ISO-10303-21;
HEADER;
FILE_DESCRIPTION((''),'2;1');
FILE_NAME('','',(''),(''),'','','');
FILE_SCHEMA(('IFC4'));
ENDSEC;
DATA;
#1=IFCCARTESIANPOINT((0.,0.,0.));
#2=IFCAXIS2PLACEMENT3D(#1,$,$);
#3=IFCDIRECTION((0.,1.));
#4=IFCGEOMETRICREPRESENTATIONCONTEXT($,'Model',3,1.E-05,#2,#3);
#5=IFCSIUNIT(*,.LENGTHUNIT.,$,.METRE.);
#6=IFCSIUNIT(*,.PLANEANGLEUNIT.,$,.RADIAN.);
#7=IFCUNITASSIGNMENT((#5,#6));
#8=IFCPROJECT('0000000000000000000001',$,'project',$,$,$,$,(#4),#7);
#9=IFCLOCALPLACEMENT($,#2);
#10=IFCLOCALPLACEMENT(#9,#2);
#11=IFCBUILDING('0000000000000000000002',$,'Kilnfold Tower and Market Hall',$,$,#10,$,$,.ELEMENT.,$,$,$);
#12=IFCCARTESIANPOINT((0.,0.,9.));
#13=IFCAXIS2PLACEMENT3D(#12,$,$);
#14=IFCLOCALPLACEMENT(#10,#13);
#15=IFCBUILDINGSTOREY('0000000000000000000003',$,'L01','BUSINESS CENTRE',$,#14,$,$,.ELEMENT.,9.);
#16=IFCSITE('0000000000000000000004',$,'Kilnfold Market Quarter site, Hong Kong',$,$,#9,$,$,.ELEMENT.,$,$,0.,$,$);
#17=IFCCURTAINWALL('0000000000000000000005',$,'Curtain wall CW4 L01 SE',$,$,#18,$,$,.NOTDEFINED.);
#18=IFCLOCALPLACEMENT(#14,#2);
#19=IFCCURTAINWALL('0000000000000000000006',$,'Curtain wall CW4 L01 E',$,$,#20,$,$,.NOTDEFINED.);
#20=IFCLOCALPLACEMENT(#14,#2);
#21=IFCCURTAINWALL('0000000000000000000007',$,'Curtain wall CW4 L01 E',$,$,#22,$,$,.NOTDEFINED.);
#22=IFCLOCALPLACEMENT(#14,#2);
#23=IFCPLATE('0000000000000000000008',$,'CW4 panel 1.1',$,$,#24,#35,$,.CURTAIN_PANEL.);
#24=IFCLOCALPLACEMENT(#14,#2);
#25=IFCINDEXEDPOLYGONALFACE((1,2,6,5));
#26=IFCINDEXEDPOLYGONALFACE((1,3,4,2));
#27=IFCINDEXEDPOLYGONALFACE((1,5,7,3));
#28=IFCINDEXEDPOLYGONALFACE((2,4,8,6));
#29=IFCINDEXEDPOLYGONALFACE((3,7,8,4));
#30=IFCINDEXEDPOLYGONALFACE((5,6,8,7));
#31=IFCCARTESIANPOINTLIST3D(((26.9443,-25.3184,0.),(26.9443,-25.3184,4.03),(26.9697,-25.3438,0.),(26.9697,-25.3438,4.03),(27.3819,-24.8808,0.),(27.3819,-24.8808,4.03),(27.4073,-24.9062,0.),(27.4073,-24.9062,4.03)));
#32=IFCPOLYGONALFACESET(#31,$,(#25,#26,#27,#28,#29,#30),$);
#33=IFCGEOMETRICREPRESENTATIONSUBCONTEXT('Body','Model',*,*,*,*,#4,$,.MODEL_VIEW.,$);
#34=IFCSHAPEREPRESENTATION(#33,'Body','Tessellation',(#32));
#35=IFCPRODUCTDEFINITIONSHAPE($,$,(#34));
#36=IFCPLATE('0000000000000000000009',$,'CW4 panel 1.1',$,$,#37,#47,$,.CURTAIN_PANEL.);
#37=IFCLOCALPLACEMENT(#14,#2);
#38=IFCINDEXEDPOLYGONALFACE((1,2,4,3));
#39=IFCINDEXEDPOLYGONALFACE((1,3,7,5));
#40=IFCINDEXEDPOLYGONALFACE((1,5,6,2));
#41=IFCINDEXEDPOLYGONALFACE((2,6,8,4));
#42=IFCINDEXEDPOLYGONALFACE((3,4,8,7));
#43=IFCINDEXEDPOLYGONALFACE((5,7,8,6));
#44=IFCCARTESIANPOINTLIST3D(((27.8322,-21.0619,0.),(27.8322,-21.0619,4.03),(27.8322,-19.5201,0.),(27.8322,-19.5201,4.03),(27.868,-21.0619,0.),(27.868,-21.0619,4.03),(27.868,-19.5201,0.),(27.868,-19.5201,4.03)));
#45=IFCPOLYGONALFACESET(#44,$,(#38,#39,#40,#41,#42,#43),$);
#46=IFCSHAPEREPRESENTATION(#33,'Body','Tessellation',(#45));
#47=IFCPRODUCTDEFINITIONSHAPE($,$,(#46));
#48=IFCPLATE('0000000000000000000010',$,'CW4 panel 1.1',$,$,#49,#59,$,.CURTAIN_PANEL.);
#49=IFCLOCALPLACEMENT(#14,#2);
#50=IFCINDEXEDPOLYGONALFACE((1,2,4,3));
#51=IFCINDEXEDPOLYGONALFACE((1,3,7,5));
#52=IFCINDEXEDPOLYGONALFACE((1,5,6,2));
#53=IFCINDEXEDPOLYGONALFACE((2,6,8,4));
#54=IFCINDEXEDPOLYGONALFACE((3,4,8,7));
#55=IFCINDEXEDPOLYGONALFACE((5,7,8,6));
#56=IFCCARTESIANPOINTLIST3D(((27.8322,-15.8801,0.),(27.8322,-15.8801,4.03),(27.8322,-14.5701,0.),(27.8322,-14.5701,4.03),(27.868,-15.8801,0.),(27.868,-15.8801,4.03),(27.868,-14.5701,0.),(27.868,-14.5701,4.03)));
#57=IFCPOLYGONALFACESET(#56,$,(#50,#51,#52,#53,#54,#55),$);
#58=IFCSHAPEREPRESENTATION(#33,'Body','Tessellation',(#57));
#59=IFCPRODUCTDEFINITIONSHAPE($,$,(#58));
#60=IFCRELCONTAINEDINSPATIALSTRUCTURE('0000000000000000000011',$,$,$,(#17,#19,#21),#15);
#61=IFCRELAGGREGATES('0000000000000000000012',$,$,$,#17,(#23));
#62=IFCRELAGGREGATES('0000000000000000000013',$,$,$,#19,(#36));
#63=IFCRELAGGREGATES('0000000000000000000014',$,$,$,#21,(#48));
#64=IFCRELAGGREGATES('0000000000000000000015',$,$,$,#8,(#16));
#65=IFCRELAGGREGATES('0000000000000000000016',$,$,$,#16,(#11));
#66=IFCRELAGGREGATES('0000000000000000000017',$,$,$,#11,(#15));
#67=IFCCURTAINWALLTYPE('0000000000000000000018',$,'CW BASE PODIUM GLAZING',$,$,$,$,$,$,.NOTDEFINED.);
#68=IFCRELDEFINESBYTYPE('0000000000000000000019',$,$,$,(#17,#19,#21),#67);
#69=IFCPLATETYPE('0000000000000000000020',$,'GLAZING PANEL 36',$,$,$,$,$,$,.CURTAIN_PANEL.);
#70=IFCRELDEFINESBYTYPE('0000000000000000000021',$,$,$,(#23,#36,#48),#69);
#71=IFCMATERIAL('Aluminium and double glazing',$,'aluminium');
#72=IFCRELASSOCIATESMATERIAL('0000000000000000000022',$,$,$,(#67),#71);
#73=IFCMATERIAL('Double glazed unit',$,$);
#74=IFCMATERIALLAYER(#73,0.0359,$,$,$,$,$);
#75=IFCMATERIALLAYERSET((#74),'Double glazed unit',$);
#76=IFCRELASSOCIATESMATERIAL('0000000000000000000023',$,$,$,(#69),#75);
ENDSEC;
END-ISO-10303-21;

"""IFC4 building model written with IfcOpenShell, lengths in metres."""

from ifc_helpers import new_model, si_unit, direction, frame, origin, origin_2d, place, context, subcontext, project, spatial, rectangle, extrude, source, transform, mapped, material, layer, layer_set, type_object, element, aggregate, save


model = new_model("IFC4")

# Units and contexts
model_context = context("Model", 3, precision=1e-05, world=origin(), true_north=direction((0.0, 1.0)))
body_context = subcontext(model_context, "Body", "Model", "MODEL_VIEW")
ifc_project = project(units=[si_unit("LENGTHUNIT", "METRE"), si_unit("PLANEANGLEUNIT", "RADIAN")], contexts=[model_context])

# Site, building, storey
site_placement = place(None, origin())
site = spatial("IfcSite", under=ifc_project, at=site_placement, Name="Kilnfold Market Quarter site, Hong Kong", CompositionType="ELEMENT", RefElevation=0.0)
building_placement = place(site_placement, origin())
building = spatial("IfcBuilding", under=site, at=building_placement, Name="Kilnfold Tower and Market Hall", CompositionType="ELEMENT")
storey_placement = place(building_placement, frame((0.0, 0.0, 9.0)))
storey = spatial("IfcBuildingStorey", under=building, at=storey_placement, Name="L01", Description="BUSINESS CENTRE", CompositionType="ELEMENT", Elevation=9.0)

# Curtain walls
ifc_material_1 = material(Name="Aluminium and double glazing", Category="aluminium")
curtain_wall_type = type_object("IfcCurtainWallType", Name="CW BASE PODIUM GLAZING", PredefinedType="NOTDEFINED", material=ifc_material_1)
curtain_wall_1_placement = place(storey_placement, origin())
curtain_wall_1 = element("IfcCurtainWall", 1, at=curtain_wall_1_placement, inside=storey, type_object=curtain_wall_type, Name="Curtain wall CW4 L01 SE", PredefinedType="NOTDEFINED")
curtain_wall_2_placement = place(storey_placement, origin())
curtain_wall_2 = element("IfcCurtainWall", 2, at=curtain_wall_2_placement, inside=storey, type_object=curtain_wall_type, Name="Curtain wall CW4 L01 E", PredefinedType="NOTDEFINED")
curtain_wall_3_placement = place(storey_placement, origin())
curtain_wall_3 = element("IfcCurtainWall", 3, at=curtain_wall_3_placement, inside=storey, type_object=curtain_wall_type, Name="Curtain wall CW4 L01 E", PredefinedType="NOTDEFINED")

# Plates
ifc_material_2 = material(Name="Double glazed unit")
ifc_layer_1 = layer(ifc_material_2, 0.0359)
ifc_layer_set_1 = layer_set([ifc_layer_1], Name="Double glazed unit")
plate_type = type_object("IfcPlateType", Name="GLAZING PANEL 36", PredefinedType="CURTAIN_PANEL", material=ifc_layer_set_1)
shared_shape_1 = source(origin(), body_context, "Body", "SweptSolid", [
    extrude(rectangle(XDim=0.6189, YDim=0.0359, at=origin_2d()), origin(), (0.0, 0.0, 1.0), 4.03),
])
plate_1_placement = place(storey_placement, frame((27.1758, -25.1123, 0.0), z_axis=(0.0, 0.0, 1.0), x_axis=(0.707107, 0.707107, 0.0)))
plate_1 = element("IfcPlate", 4, at=plate_1_placement, type_object=plate_type, Name="CW4 panel 1.1", PredefinedType="CURTAIN_PANEL", context=body_context, shape_type="MappedRepresentation", body=[
    mapped(shared_shape_1, transform((0.0, 0.0, 0.0))),
])
aggregate(curtain_wall_1, [plate_1])
shared_shape_2 = source(origin(), body_context, "Body", "SweptSolid", [
    extrude(rectangle(XDim=1.5417, YDim=0.0359, at=origin_2d()), origin(), (0.0, 0.0, 1.0), 4.03),
])
plate_2_placement = place(storey_placement, frame((27.8501, -20.291, 0.0), z_axis=(0.0, 0.0, 1.0), x_axis=(0.0, 1.0, 0.0)))
plate_2 = element("IfcPlate", 5, at=plate_2_placement, type_object=plate_type, Name="CW4 panel 1.1", PredefinedType="CURTAIN_PANEL", context=body_context, shape_type="MappedRepresentation", body=[
    mapped(shared_shape_2, transform((0.0, 0.0, 0.0))),
])
aggregate(curtain_wall_2, [plate_2])
shared_shape_3 = source(origin(), body_context, "Body", "SweptSolid", [
    extrude(rectangle(XDim=1.3101, YDim=0.0359, at=origin_2d()), origin(), (0.0, 0.0, 1.0), 4.03),
])
plate_3_placement = place(storey_placement, frame((27.8501, -15.2251, 0.0), z_axis=(0.0, 0.0, 1.0), x_axis=(0.0, 1.0, 0.0)))
plate_3 = element("IfcPlate", 6, at=plate_3_placement, type_object=plate_type, Name="CW4 panel 1.1", PredefinedType="CURTAIN_PANEL", context=body_context, shape_type="MappedRepresentation", body=[
    mapped(shared_shape_3, transform((0.0, 0.0, 0.0))),
])
aggregate(curtain_wall_3, [plate_3])

save(model, "model.ifc")
